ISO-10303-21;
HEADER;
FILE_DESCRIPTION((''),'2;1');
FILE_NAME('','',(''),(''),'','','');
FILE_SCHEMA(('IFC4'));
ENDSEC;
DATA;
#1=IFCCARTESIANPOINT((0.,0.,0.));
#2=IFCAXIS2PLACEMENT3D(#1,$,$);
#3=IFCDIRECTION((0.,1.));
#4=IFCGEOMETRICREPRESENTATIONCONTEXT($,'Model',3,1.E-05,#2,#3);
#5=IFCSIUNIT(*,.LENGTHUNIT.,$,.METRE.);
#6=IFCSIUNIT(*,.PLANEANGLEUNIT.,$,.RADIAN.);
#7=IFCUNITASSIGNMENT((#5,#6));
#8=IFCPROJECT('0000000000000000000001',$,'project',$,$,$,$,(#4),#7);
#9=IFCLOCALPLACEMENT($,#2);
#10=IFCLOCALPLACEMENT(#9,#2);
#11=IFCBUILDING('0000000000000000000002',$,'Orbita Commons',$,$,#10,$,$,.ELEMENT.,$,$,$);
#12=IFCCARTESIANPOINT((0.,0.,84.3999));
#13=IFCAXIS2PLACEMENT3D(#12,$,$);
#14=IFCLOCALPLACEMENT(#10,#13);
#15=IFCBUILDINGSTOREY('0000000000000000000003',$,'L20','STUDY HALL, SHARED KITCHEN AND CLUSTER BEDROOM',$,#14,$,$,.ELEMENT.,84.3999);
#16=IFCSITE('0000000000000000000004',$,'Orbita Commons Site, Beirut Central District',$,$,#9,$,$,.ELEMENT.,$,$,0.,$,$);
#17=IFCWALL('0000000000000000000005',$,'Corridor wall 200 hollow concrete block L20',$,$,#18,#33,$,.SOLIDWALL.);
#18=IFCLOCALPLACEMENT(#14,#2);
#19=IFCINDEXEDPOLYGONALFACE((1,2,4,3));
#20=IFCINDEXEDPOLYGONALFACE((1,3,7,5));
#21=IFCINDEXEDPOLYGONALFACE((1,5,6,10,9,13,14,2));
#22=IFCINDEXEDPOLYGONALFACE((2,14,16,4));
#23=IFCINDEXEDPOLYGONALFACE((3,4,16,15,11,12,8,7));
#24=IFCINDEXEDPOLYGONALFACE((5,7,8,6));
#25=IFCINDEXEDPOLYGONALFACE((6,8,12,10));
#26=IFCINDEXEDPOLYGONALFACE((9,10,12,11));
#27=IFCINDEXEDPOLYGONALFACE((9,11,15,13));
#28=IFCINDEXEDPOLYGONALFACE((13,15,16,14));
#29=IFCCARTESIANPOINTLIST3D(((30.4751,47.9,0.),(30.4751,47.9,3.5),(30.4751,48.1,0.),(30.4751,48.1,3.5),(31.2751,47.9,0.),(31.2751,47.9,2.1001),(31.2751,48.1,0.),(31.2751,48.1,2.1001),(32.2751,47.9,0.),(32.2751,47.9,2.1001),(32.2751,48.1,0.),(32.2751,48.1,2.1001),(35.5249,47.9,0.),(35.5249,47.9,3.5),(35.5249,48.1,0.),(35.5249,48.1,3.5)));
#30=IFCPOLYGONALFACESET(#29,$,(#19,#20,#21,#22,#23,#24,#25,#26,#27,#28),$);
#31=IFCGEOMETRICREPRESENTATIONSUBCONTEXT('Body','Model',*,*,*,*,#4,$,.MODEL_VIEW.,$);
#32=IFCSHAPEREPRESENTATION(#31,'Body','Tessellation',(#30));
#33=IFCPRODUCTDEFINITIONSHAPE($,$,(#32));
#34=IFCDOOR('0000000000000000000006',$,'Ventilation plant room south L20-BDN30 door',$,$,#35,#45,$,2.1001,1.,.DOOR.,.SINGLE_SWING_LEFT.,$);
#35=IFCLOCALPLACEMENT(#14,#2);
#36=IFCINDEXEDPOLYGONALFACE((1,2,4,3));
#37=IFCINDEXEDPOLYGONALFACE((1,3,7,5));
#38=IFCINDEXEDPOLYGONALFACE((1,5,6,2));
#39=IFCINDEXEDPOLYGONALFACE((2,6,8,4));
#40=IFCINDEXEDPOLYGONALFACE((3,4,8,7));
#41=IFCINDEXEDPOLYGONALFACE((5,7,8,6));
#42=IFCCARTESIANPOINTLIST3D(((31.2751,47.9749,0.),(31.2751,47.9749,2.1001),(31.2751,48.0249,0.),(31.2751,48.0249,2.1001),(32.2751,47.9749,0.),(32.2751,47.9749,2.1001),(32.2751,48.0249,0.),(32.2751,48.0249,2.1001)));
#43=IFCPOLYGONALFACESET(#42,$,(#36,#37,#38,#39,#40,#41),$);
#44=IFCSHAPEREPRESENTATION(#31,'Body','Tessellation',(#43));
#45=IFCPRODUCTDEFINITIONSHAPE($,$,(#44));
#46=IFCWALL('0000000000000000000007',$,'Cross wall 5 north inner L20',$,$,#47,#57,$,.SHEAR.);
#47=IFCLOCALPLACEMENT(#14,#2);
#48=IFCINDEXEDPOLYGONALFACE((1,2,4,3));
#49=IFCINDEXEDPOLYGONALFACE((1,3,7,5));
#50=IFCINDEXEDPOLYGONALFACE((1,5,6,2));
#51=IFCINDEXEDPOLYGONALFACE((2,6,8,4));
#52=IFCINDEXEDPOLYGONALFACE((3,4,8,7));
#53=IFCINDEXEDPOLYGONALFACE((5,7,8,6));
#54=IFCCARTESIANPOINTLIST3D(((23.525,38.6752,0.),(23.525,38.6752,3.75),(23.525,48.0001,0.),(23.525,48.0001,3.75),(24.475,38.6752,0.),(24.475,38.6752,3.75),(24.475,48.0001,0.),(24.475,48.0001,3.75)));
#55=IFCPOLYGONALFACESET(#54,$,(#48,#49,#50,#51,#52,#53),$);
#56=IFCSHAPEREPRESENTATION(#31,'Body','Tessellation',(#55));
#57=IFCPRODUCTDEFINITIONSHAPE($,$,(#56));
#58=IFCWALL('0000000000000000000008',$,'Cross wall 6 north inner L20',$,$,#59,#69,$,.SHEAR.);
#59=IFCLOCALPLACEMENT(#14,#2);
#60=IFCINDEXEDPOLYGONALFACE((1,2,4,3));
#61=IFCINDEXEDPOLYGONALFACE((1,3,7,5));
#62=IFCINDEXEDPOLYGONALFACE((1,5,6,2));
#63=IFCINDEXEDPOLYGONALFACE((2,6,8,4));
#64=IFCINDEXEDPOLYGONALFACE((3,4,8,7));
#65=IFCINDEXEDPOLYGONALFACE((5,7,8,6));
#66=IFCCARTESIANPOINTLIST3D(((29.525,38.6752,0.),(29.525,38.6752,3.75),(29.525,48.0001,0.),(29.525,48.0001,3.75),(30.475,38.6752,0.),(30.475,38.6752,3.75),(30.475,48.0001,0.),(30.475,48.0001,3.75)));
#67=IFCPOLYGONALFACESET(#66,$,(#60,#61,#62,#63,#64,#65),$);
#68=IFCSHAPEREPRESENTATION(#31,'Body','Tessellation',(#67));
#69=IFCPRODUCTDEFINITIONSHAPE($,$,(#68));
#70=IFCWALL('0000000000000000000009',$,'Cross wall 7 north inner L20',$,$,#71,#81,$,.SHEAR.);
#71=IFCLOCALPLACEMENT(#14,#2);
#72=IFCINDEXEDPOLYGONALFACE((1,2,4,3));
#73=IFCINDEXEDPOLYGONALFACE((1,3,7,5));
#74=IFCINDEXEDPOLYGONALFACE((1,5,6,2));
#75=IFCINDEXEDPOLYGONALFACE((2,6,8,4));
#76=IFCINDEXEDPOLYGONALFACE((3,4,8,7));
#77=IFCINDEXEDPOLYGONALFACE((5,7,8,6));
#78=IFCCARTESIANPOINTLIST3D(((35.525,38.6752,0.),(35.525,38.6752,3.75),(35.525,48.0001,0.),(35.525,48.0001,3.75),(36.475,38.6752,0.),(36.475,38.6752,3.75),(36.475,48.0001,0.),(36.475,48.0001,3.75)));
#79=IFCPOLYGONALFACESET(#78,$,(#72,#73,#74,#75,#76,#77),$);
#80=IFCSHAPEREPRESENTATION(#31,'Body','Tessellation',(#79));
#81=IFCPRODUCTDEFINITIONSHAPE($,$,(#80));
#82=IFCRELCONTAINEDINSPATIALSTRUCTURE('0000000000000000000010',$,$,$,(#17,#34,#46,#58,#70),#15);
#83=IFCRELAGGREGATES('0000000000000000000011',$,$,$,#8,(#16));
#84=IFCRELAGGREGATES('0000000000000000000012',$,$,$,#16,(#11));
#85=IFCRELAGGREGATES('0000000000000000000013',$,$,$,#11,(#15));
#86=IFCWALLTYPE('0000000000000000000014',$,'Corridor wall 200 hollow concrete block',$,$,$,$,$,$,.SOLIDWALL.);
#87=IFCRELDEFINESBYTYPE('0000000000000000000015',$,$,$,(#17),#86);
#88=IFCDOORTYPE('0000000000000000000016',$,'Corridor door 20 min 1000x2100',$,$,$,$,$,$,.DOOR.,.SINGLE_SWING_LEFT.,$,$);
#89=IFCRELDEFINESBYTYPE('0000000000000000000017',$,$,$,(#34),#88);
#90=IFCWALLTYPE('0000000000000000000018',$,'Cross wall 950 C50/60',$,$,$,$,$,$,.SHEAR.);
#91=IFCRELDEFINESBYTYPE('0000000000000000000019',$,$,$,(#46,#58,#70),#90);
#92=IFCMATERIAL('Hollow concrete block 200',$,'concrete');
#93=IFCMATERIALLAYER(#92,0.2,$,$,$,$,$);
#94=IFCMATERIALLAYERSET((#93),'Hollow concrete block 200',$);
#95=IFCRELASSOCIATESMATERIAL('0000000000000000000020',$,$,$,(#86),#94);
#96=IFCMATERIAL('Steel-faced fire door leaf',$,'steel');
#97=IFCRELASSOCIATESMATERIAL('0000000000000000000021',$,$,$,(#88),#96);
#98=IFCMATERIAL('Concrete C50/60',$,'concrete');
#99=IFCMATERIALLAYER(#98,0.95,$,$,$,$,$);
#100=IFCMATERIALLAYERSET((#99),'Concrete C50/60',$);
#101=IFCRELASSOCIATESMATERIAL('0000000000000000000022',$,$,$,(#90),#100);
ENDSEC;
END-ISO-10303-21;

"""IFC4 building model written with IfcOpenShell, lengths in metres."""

from ifc_helpers import new_model, si_unit, direction, frame, frame_2d, origin, place, context, subcontext, project, spatial, rectangle, extrude, material, layer, layer_set, type_object, element, fill, save


model = new_model("IFC4")

# Units and contexts
model_context = context("Model", 3, precision=1e-05, world=origin(), true_north=direction((0.0, 1.0)))
body_context = subcontext(model_context, "Body", "Model", "MODEL_VIEW")
ifc_project = project(units=[si_unit("LENGTHUNIT", "METRE"), si_unit("PLANEANGLEUNIT", "RADIAN")], contexts=[model_context])

# Site, building, storey
site_placement = place(None, origin())
site = spatial("IfcSite", under=ifc_project, at=site_placement, Name="Orbita Commons Site, Beirut Central District", CompositionType="ELEMENT", RefElevation=0.0)
building_placement = place(site_placement, origin())
building = spatial("IfcBuilding", under=site, at=building_placement, Name="Orbita Commons", CompositionType="ELEMENT")
storey_placement = place(building_placement, frame((0.0, 0.0, 84.3999)))
storey = spatial("IfcBuildingStorey", under=building, at=storey_placement, Name="L20", Description="STUDY HALL, SHARED KITCHEN AND CLUSTER BEDROOM", CompositionType="ELEMENT", Elevation=84.3999)

# Wall, opening, door
ifc_material_1 = material(Name="Hollow concrete block 200", Category="concrete")
ifc_layer_1 = layer(ifc_material_1, 0.2)
ifc_layer_set_1 = layer_set([ifc_layer_1], Name="Hollow concrete block 200")
wall_type_1 = type_object("IfcWallType", Name="Corridor wall 200 hollow concrete block", PredefinedType="SOLIDWALL", material=ifc_layer_set_1)
ifc_material_2 = material(Name="Steel-faced fire door leaf", Category="steel")
door_type_1 = type_object("IfcDoorType", Name="Corridor door 20 min 1000x2100", OperationType="SINGLE_SWING_LEFT", PredefinedType="DOOR", material=ifc_material_2)
wall_1_placement = place(storey_placement, frame((30.4751, 48.0, 0.0), z_axis=(0.0, 0.0, 1.0), x_axis=(1.0, 0.0, 0.0)))
wall_1 = element("IfcWall", 1, at=wall_1_placement, inside=storey, type_object=wall_type_1, Name="Corridor wall 200 hollow concrete block L20", PredefinedType="SOLIDWALL", context=body_context, shape_type="SweptSolid", body=[
    extrude(rectangle(XDim=5.0498, YDim=0.2, at=frame_2d((2.5249, 0.0))), origin(), (0.0, 0.0, 1.0), 3.5),
])
opening_1_placement = place(wall_1_placement, frame((0.8, 0.0, 0.0)))
opening_1 = element("IfcOpeningElement", 2, at=opening_1_placement, cuts=wall_1, PredefinedType="OPENING", context=body_context, shape_type="SweptSolid", body=[
    extrude(rectangle(XDim=1.0, YDim=2.1001, at=frame_2d((0.5, 1.05))), frame((0.0, 0.1099, 0.0), z_axis=(0.0, -1.0, 0.0), x_axis=(1.0, 0.0, 0.0)), (0.0, 0.0, 1.0), 0.22),
])
door_1_placement = place(opening_1_placement, origin())
door_1 = element("IfcDoor", 3, at=door_1_placement, inside=storey, type_object=door_type_1, Name="Ventilation plant room south L20-BDN30 door", OperationType="SINGLE_SWING_LEFT", OverallHeight=2.1001, OverallWidth=1.0, PredefinedType="DOOR", context=body_context, shape_type="SweptSolid", body=[
    extrude(rectangle(XDim=1.0, YDim=2.1001, at=frame_2d((0.5, 1.05))), frame((0.0, 0.0249, 0.0), z_axis=(0.0, -1.0, 0.0), x_axis=(1.0, 0.0, 0.0)), (0.0, 0.0, 1.0), 0.05),
])
fill(opening_1, door_1)

# Walls
ifc_material_3 = material(Name="Concrete C50/60", Category="concrete")
ifc_layer_2 = layer(ifc_material_3, 0.95)
ifc_layer_set_2 = layer_set([ifc_layer_2], Name="Concrete C50/60")
wall_type_2 = type_object("IfcWallType", Name="Cross wall 950 C50/60", PredefinedType="SHEAR", material=ifc_layer_set_2)
for number, where, z_axis, x_axis, name in (
    (4, (24.0, 38.675, 0.0), (0.0, 0.0, 1.0), (0.0, 1.0, 0.0), "Cross wall 5 north inner L20"),
    (5, (30.0, 38.675, 0.0), (0.0, 0.0, 1.0), (0.0, 1.0, 0.0), "Cross wall 6 north inner L20"),
    (6, (36.0, 38.675, 0.0), (0.0, 0.0, 1.0), (0.0, 1.0, 0.0), "Cross wall 7 north inner L20"),
):
    element("IfcWall", number, at=place(storey_placement, frame(where, z_axis=z_axis, x_axis=x_axis)), inside=storey, type_object=wall_type_2, Name=name, PredefinedType="SHEAR", context=body_context, shape_type="SweptSolid", body=[
        extrude(rectangle(XDim=9.325, YDim=0.95, at=frame_2d((4.6626, 0.0))), origin(), (0.0, 0.0, 1.0), 3.75),
    ])

save(model, "model.ifc")
